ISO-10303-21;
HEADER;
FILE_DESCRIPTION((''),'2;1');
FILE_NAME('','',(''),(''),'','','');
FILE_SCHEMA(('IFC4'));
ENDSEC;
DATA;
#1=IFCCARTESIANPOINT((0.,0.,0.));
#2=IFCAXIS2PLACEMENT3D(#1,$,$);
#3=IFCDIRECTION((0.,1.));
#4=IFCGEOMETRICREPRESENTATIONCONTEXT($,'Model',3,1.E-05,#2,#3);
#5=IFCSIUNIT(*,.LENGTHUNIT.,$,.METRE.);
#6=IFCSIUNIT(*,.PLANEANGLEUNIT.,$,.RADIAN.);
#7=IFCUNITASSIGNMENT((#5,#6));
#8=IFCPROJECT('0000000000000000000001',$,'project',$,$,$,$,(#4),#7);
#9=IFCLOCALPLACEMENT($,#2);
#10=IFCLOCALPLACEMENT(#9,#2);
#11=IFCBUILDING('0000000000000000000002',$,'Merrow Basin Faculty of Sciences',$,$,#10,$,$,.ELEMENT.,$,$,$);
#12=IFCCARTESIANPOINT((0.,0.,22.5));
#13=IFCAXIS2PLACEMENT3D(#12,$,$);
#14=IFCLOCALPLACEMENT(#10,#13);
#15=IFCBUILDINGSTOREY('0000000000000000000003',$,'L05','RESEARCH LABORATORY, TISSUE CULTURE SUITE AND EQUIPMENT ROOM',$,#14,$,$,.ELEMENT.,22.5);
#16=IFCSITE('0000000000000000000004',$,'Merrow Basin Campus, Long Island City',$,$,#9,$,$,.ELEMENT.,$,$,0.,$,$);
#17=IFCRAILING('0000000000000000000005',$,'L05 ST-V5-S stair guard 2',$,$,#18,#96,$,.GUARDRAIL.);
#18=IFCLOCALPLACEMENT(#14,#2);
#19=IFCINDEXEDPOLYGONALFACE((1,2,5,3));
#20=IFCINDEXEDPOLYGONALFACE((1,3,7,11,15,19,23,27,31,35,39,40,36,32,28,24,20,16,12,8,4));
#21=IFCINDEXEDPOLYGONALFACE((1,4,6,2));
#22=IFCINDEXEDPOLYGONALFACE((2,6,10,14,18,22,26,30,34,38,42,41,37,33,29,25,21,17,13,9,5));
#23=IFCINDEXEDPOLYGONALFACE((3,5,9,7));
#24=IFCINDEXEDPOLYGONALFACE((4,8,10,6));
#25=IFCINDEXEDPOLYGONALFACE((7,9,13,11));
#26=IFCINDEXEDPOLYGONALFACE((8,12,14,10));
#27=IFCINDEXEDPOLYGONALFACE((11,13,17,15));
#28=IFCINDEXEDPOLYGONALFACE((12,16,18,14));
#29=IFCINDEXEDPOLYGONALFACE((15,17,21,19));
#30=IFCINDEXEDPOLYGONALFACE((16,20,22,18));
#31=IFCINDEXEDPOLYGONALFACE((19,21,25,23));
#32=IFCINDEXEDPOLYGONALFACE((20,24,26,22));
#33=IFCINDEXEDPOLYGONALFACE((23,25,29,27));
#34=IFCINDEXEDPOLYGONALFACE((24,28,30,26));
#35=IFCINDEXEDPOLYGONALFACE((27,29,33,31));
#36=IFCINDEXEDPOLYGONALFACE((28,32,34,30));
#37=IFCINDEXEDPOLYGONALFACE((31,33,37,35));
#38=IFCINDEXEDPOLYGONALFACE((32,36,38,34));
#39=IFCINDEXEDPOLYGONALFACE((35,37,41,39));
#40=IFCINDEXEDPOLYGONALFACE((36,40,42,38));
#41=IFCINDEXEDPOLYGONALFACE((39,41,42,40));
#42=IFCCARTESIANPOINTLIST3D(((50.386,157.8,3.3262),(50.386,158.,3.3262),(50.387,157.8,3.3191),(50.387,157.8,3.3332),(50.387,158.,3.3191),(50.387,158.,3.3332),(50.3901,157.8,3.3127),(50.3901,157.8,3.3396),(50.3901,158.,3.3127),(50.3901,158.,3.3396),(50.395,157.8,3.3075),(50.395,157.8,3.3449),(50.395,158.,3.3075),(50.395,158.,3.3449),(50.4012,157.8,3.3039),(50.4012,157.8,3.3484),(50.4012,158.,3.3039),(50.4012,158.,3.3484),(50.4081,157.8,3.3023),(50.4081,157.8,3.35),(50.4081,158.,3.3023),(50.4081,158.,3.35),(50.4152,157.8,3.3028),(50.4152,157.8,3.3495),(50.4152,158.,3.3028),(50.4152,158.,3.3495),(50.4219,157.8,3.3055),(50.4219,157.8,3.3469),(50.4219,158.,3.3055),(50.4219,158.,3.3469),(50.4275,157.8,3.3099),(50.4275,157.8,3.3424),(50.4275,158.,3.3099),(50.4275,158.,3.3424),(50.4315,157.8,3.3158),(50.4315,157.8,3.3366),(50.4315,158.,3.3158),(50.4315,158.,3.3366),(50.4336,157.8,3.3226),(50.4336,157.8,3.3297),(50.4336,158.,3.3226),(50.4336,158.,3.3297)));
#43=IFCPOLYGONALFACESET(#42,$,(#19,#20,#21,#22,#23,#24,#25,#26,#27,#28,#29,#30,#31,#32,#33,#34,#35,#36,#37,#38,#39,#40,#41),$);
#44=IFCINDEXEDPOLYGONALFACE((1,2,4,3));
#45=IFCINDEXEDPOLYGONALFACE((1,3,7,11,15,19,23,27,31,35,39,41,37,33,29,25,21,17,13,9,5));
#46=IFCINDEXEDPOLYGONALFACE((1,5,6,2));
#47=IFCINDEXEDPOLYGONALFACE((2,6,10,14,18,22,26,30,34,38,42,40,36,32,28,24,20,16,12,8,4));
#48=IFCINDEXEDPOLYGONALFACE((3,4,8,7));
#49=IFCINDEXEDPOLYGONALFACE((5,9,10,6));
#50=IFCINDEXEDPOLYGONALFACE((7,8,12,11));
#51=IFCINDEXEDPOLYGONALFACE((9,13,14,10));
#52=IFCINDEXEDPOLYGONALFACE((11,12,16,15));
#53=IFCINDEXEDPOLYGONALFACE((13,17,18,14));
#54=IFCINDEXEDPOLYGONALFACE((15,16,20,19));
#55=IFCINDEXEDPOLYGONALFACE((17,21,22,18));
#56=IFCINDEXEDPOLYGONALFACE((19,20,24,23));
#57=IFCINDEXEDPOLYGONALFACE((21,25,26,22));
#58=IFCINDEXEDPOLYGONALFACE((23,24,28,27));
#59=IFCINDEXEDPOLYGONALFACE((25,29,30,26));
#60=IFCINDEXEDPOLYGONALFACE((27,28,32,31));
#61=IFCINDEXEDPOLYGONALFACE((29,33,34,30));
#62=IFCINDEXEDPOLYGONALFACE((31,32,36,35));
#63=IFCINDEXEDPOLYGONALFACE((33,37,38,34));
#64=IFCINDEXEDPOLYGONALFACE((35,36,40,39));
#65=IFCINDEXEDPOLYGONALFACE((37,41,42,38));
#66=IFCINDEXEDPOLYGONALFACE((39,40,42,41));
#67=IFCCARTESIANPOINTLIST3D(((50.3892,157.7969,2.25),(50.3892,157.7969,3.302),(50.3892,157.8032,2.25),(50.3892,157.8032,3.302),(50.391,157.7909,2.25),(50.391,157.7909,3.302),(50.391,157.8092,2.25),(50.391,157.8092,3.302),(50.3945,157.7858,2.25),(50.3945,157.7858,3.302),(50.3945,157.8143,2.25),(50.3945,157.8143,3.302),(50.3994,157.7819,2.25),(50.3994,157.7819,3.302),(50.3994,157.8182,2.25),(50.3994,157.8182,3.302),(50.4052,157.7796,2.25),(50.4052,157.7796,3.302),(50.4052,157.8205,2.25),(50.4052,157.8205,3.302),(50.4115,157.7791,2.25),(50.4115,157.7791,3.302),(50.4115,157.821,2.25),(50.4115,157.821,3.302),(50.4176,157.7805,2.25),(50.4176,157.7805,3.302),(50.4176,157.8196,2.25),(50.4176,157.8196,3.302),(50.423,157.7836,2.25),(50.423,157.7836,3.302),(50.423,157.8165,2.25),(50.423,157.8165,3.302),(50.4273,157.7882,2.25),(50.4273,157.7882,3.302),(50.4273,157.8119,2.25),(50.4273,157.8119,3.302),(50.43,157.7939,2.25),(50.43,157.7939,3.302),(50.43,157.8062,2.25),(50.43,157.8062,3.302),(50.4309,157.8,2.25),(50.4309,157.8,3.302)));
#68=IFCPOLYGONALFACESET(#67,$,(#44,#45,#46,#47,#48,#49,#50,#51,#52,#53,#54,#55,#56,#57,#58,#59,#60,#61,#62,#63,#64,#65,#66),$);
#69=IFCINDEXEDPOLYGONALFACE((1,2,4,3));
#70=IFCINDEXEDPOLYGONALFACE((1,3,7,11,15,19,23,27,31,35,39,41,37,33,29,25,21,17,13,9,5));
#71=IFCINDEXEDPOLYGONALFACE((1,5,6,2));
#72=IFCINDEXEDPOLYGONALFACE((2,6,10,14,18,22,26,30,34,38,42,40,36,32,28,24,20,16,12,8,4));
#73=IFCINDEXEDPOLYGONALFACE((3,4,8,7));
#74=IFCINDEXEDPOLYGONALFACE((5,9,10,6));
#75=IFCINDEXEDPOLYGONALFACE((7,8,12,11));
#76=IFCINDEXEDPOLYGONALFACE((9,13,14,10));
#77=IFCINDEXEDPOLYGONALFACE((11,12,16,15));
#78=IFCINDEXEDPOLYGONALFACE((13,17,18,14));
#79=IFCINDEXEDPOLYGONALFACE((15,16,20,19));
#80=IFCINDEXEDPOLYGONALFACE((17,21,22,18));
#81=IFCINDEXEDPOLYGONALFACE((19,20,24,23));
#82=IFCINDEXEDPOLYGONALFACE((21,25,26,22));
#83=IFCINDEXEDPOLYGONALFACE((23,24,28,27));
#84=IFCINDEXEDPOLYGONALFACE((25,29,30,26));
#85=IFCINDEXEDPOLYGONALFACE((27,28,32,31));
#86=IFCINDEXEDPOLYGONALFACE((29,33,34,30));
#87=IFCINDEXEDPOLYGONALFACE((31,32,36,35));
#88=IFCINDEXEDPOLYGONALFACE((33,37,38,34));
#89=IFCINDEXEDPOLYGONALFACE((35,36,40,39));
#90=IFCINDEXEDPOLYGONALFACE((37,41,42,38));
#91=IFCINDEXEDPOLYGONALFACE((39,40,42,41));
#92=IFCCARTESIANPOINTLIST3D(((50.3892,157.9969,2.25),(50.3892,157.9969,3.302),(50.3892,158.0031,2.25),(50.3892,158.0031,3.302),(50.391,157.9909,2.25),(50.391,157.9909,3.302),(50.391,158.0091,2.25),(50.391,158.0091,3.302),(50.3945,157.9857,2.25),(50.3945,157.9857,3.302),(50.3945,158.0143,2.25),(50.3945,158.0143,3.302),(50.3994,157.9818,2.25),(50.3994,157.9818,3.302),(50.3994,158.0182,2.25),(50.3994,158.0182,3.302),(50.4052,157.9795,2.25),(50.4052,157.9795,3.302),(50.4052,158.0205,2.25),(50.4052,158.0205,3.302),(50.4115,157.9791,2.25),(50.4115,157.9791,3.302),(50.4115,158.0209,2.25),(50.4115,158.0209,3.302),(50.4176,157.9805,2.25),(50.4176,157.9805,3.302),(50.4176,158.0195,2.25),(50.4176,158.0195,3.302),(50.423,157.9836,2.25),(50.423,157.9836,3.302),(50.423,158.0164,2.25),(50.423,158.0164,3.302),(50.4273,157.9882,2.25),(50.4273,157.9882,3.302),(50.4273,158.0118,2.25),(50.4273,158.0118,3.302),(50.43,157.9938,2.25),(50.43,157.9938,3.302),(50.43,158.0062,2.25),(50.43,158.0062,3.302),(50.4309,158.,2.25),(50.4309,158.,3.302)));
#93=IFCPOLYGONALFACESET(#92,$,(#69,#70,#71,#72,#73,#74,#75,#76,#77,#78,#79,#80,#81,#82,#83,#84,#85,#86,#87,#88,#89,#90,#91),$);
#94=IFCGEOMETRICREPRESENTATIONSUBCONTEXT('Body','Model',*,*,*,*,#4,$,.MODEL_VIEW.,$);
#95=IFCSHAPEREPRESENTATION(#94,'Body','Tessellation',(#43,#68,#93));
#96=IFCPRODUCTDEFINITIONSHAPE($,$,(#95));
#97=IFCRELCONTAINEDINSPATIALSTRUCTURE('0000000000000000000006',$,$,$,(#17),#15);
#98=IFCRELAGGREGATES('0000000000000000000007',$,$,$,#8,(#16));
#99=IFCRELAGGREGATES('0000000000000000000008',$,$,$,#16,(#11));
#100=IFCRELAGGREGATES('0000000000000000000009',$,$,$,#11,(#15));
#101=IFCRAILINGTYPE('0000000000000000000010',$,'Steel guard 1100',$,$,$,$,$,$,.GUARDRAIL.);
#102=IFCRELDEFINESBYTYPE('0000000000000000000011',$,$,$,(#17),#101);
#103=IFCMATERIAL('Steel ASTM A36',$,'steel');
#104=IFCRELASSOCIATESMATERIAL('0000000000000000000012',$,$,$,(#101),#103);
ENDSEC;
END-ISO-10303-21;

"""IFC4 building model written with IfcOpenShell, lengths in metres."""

from ifc_helpers import new_model, si_unit, direction, frame, origin, origin_2d, place, context, subcontext, project, spatial, circle, extrude, material, type_object, element, save


model = new_model("IFC4")

# Units and contexts
model_context = context("Model", 3, precision=1e-05, world=origin(), true_north=direction((0.0, 1.0)))
body_context = subcontext(model_context, "Body", "Model", "MODEL_VIEW")
ifc_project = project(units=[si_unit("LENGTHUNIT", "METRE"), si_unit("PLANEANGLEUNIT", "RADIAN")], contexts=[model_context])

# Site, building, storey
site_placement = place(None, origin())
site = spatial("IfcSite", under=ifc_project, at=site_placement, Name="Merrow Basin Campus, Long Island City", CompositionType="ELEMENT", RefElevation=0.0)
building_placement = place(site_placement, origin())
building = spatial("IfcBuilding", under=site, at=building_placement, Name="Merrow Basin Faculty of Sciences", CompositionType="ELEMENT")
storey_placement = place(building_placement, frame((0.0, 0.0, 22.5)))
storey = spatial("IfcBuildingStorey", under=building, at=storey_placement, Name="L05", Description="RESEARCH LABORATORY, TISSUE CULTURE SUITE AND EQUIPMENT ROOM", CompositionType="ELEMENT", Elevation=22.5)

# Railing
ifc_material_1 = material(Name="Steel ASTM A36", Category="steel")
railing_type_1 = type_object("IfcRailingType", Name="Steel guard 1100", PredefinedType="GUARDRAIL", material=ifc_material_1)
railing_1_placement = place(storey_placement, frame((50.4099, 157.8, 2.25)))
element("IfcRailing", 1, at=railing_1_placement, inside=storey, type_object=railing_type_1, Name="L05 ST-V5-S stair guard 2", PredefinedType="GUARDRAIL", context=body_context, shape_type="SweptSolid", body=[
    extrude(circle(Radius=0.0239, at=origin_2d()), frame((0.0, 0.0, 1.0762), z_axis=(0.0, 1.0, 0.0), x_axis=(-1.0, 0.0, 0.0)), (0.0, 0.0, 1.0), 0.2),
    extrude(circle(Radius=0.021, at=origin_2d()), origin(), (0.0, 0.0, 1.0), 1.052),
    extrude(circle(Radius=0.021, at=origin_2d()), frame((0.0, 0.2, 0.0)), (0.0, 0.0, 1.0), 1.052),
])

save(model, "model.ifc")
